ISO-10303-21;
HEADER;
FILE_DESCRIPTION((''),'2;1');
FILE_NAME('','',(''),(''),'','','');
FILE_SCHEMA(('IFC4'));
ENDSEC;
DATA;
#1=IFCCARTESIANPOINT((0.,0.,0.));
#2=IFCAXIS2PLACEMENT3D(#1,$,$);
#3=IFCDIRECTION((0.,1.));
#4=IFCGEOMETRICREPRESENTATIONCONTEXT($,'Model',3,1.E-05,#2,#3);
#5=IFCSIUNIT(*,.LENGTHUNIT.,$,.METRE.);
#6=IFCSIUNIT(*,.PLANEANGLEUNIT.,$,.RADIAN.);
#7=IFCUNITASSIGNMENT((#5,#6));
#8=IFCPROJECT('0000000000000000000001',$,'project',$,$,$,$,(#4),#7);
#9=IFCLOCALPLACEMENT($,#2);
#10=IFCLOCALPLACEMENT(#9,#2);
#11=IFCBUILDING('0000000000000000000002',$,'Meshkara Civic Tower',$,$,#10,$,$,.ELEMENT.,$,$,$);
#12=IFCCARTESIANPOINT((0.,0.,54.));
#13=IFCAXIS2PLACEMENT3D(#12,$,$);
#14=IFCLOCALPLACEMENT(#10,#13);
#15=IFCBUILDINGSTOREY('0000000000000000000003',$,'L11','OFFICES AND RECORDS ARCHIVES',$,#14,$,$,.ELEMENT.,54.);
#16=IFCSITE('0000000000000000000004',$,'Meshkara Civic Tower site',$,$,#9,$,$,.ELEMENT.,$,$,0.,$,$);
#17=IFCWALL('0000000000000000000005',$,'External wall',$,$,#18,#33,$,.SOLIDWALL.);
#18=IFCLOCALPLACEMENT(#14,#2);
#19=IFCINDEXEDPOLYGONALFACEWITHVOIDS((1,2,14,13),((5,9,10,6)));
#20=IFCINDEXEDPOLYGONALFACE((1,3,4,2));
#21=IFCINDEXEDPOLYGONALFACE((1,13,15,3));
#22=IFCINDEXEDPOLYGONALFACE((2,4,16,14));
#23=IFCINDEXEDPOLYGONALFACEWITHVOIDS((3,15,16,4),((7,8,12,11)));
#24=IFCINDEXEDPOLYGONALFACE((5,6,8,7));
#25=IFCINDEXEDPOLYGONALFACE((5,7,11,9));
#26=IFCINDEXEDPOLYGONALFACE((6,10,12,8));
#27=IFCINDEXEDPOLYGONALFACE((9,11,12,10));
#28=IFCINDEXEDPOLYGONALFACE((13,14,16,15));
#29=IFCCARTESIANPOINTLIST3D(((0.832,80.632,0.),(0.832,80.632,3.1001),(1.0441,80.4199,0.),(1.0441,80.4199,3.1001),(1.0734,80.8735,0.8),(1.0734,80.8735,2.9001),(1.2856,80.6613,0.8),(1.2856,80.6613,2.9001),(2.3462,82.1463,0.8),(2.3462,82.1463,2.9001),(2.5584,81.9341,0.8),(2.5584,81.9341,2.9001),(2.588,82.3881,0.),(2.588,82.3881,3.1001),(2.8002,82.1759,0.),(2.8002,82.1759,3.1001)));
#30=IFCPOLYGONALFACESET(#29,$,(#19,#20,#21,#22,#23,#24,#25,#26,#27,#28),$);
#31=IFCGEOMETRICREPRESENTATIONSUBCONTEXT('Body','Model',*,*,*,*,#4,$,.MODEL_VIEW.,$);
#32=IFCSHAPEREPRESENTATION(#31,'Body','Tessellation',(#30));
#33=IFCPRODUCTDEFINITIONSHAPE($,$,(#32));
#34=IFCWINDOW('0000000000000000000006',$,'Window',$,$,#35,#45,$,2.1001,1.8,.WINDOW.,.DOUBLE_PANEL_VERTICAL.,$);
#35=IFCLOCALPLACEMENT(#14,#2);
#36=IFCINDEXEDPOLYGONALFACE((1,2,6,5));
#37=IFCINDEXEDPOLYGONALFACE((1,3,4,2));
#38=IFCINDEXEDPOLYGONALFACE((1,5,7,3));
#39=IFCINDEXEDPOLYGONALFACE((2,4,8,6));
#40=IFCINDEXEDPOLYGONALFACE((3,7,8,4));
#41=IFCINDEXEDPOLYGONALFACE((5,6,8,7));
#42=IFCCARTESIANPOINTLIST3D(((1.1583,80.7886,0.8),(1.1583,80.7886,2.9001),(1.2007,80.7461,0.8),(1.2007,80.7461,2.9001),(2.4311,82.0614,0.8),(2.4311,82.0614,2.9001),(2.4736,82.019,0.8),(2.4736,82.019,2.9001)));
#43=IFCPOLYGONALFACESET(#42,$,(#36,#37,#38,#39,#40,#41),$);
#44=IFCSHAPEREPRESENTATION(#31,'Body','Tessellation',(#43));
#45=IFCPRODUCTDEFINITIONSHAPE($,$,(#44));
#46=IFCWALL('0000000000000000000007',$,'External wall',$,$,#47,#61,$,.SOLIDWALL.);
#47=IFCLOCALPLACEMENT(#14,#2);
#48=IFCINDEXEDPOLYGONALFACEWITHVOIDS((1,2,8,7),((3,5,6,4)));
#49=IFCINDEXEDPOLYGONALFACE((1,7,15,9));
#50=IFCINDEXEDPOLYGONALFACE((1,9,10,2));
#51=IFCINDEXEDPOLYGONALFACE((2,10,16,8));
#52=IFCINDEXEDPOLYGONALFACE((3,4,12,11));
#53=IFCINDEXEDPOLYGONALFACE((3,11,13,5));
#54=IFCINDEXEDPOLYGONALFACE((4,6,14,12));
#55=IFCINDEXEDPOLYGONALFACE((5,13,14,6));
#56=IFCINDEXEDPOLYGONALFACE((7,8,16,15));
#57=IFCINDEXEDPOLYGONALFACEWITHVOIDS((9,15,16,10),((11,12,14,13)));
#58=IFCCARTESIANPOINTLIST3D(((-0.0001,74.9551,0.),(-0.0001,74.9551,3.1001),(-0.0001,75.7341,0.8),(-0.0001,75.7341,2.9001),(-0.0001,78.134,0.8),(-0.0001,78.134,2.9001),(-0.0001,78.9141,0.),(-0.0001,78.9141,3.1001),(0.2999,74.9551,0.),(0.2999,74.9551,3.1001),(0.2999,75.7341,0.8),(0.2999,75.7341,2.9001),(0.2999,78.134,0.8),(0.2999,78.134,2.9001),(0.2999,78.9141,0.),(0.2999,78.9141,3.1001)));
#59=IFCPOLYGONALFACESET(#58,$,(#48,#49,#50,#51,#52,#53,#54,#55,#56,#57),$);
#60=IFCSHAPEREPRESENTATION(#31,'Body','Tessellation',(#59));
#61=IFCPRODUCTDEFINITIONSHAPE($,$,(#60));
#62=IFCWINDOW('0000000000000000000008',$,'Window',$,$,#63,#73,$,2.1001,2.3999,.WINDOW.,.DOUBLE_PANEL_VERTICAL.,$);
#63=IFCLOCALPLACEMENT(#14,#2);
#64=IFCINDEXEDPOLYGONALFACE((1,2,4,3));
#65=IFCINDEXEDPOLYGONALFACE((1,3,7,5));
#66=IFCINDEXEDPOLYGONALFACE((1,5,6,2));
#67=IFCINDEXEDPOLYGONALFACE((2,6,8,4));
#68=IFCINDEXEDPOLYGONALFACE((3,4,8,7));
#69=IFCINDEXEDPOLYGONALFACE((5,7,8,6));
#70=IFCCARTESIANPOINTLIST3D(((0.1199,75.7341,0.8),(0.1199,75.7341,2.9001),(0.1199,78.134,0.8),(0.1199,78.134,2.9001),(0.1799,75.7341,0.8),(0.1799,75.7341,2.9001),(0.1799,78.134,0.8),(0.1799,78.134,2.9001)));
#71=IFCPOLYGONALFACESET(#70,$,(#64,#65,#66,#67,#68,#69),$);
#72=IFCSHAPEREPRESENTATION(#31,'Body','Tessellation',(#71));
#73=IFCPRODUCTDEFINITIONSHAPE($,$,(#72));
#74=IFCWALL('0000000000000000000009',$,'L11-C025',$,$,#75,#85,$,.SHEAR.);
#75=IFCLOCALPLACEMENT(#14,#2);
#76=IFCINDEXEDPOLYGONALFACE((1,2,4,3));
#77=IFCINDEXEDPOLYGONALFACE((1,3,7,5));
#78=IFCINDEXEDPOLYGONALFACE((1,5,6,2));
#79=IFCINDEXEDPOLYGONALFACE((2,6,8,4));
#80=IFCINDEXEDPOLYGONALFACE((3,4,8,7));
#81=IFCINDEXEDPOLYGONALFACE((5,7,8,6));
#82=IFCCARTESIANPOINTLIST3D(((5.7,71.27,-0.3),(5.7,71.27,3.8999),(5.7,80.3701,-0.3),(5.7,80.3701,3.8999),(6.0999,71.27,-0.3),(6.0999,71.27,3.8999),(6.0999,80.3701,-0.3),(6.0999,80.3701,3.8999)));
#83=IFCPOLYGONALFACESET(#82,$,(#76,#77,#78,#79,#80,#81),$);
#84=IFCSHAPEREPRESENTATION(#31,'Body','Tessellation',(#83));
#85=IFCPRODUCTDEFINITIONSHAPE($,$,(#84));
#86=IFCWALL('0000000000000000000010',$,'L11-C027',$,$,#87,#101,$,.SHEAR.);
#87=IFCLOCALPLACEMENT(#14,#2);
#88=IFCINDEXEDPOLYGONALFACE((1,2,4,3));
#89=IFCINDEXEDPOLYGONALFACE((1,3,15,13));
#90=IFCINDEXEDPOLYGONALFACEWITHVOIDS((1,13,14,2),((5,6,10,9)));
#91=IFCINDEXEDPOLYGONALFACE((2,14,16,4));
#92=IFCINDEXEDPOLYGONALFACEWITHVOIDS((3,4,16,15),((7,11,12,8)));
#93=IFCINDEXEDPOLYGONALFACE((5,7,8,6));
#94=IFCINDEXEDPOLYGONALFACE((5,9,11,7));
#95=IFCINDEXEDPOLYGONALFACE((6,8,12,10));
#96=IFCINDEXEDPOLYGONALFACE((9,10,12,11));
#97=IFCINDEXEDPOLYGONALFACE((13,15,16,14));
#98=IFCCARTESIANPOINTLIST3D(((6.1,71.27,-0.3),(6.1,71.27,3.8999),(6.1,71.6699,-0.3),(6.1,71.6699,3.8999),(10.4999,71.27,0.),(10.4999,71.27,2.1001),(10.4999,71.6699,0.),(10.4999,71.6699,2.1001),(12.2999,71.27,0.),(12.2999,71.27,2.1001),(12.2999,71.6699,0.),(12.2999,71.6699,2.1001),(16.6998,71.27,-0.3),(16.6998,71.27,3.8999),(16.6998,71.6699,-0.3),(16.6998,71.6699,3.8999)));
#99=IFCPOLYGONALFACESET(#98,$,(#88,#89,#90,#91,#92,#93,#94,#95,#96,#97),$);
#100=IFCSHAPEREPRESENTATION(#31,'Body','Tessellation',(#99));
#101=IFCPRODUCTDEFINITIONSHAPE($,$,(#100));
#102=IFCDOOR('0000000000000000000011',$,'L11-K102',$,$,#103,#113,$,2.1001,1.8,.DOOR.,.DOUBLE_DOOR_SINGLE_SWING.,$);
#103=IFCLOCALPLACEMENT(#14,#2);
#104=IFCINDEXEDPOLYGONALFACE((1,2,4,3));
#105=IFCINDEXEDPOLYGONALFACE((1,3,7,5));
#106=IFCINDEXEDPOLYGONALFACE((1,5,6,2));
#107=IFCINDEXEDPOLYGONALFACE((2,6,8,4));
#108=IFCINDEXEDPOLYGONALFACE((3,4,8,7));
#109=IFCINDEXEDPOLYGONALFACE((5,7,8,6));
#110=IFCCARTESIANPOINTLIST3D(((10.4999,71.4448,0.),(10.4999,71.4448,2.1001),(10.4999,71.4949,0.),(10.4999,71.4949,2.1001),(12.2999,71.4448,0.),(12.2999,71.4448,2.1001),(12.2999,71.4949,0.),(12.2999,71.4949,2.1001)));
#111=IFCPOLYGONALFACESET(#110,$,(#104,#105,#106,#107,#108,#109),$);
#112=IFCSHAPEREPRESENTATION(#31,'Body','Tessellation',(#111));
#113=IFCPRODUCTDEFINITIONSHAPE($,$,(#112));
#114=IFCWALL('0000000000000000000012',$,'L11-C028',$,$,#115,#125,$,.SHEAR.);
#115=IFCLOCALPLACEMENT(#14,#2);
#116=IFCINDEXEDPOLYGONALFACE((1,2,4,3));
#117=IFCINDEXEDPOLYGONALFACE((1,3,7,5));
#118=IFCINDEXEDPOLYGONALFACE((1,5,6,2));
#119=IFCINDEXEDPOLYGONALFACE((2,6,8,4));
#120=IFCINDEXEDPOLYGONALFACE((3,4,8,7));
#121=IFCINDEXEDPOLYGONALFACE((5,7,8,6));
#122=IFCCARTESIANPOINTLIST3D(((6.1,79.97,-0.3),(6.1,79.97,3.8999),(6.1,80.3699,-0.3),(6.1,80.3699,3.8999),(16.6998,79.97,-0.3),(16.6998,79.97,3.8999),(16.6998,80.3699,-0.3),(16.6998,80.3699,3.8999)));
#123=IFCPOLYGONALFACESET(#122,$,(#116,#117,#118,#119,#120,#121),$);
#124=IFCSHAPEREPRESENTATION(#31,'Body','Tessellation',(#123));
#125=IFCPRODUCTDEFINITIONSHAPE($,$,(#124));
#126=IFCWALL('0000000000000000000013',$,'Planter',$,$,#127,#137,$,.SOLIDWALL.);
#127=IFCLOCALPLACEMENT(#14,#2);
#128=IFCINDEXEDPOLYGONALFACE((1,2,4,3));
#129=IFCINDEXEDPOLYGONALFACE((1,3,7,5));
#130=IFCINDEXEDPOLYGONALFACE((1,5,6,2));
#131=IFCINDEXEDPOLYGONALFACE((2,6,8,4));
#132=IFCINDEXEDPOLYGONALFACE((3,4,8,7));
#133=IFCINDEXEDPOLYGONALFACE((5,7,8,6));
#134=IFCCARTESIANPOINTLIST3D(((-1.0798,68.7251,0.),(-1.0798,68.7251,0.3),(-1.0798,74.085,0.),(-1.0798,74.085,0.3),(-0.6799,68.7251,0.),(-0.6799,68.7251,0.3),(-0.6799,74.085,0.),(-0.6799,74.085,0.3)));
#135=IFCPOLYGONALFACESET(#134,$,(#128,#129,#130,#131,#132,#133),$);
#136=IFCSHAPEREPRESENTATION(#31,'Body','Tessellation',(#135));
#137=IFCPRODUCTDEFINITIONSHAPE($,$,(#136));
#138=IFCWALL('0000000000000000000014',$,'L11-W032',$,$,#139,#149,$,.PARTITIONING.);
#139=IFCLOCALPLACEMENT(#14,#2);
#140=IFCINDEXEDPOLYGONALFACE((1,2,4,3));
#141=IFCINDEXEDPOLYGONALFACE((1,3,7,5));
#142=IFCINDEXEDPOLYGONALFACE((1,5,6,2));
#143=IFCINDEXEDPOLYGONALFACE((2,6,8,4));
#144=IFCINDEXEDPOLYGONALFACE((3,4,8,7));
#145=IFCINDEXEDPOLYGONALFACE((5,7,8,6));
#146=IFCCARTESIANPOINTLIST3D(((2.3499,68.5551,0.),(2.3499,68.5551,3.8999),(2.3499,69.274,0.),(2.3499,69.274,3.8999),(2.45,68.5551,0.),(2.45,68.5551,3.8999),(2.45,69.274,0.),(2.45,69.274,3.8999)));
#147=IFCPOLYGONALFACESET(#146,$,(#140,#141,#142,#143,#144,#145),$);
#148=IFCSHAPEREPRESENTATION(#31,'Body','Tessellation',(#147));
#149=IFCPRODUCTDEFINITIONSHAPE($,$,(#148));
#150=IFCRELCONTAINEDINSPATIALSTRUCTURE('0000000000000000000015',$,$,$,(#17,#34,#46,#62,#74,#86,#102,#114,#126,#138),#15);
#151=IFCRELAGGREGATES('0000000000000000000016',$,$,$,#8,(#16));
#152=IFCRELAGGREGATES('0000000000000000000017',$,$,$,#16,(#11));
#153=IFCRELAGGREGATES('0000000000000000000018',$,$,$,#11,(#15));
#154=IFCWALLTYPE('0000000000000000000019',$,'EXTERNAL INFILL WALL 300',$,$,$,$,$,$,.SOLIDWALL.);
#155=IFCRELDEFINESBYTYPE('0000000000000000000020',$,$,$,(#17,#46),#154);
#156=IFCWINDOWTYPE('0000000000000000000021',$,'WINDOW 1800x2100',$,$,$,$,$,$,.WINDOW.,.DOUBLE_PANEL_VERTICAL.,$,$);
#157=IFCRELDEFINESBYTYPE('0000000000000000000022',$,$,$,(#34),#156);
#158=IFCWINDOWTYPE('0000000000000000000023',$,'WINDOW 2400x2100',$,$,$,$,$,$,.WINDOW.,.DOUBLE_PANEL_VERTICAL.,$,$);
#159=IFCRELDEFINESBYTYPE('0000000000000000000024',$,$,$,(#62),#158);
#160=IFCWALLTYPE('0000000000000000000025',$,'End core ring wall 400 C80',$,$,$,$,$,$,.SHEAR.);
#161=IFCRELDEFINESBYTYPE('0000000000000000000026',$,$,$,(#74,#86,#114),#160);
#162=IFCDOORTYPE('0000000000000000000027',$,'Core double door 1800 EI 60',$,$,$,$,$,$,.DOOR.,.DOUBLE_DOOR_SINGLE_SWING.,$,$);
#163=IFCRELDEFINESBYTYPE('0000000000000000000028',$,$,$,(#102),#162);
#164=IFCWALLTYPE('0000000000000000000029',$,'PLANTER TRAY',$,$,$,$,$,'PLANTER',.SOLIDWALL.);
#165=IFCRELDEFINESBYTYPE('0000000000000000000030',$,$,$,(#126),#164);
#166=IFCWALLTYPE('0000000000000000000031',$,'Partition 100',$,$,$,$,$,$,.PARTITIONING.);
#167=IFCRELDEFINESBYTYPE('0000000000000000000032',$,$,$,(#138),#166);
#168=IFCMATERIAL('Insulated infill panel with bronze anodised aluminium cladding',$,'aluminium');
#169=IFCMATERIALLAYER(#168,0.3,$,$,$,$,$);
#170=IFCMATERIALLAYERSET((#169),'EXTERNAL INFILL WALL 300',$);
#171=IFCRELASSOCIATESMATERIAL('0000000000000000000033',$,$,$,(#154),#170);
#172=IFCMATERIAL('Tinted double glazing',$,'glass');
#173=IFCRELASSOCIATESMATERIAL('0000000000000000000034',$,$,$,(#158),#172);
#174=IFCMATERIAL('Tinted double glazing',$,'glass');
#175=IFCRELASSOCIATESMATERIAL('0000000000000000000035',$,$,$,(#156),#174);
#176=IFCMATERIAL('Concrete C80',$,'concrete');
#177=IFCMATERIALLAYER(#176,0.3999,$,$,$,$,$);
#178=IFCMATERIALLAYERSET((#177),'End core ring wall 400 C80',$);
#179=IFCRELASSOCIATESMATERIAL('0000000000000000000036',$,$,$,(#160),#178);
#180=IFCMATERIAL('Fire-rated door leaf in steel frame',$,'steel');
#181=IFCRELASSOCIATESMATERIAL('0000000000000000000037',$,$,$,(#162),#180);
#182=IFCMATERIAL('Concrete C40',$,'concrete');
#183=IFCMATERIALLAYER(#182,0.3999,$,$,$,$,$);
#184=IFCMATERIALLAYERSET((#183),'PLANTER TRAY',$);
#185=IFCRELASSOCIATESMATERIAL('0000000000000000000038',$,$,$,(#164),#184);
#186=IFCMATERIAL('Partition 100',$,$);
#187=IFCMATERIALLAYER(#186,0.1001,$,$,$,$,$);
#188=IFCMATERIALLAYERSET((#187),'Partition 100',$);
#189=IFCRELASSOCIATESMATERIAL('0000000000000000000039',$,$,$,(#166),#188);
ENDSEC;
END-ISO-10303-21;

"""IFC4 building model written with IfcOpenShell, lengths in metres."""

from ifc_helpers import new_model, si_unit, direction, frame, frame_2d, origin, place, context, subcontext, project, spatial, rectangle, extrude, material, layer, layer_set, type_object, element, fill, save


model = new_model("IFC4")

# Units and contexts
model_context = context("Model", 3, precision=1e-05, world=origin(), true_north=direction((0.0, 1.0)))
body_context = subcontext(model_context, "Body", "Model", "MODEL_VIEW")
ifc_project = project(units=[si_unit("LENGTHUNIT", "METRE"), si_unit("PLANEANGLEUNIT", "RADIAN")], contexts=[model_context])

# Site, building, storey
site_placement = place(None, origin())
site = spatial("IfcSite", under=ifc_project, at=site_placement, Name="Meshkara Civic Tower site", CompositionType="ELEMENT", RefElevation=0.0)
building_placement = place(site_placement, origin())
building = spatial("IfcBuilding", under=site, at=building_placement, Name="Meshkara Civic Tower", CompositionType="ELEMENT")
storey_placement = place(building_placement, frame((0.0, 0.0, 54.0)))
storey = spatial("IfcBuildingStorey", under=building, at=storey_placement, Name="L11", Description="OFFICES AND RECORDS ARCHIVES", CompositionType="ELEMENT", Elevation=54.0)

# Walls, openings, windows
ifc_material_1 = material(Name="Insulated infill panel with bronze anodised aluminium cladding", Category="aluminium")
ifc_layer_1 = layer(ifc_material_1, 0.3)
ifc_layer_set_1 = layer_set([ifc_layer_1], Name="EXTERNAL INFILL WALL 300")
wall_type_1 = type_object("IfcWallType", Name="EXTERNAL INFILL WALL 300", PredefinedType="SOLIDWALL", material=ifc_layer_set_1)
ifc_material_2 = material(Name="Tinted double glazing", Category="glass")
window_type_1 = type_object("IfcWindowType", Name="WINDOW 2400x2100", PartitioningType="DOUBLE_PANEL_VERTICAL", PredefinedType="WINDOW", material=ifc_material_2)
wall_1_placement = place(storey_placement, frame((2.6941, 82.282, 0.0), z_axis=(0.0, 0.0, 1.0), x_axis=(-0.707107, -0.707107, 0.0)))
wall_1 = element("IfcWall", 1, at=wall_1_placement, inside=storey, type_object=wall_type_1, Name="External wall", PredefinedType="SOLIDWALL", context=body_context, shape_type="SweptSolid", body=[
    extrude(rectangle(XDim=2.4834, YDim=0.3, at=frame_2d((1.2417, 0.0))), origin(), (0.0, 0.0, 1.0), 3.1001),
])
opening_1_placement = place(wall_1_placement, frame((0.342, 0.0, 0.8)))
opening_1 = element("IfcOpeningElement", 2, at=opening_1_placement, cuts=wall_1, PredefinedType="OPENING", context=body_context, shape_type="SweptSolid", body=[
    extrude(rectangle(XDim=1.8, YDim=2.1001, at=frame_2d((0.8999, 1.05))), frame((0.0, 0.1599, 0.0), z_axis=(0.0, -1.0, 0.0), x_axis=(1.0, 0.0, 0.0)), (0.0, 0.0, 1.0), 0.3201),
])
ifc_material_3 = material(Name="Tinted double glazing", Category="glass")
window_type_2 = type_object("IfcWindowType", Name="WINDOW 1800x2100", PartitioningType="DOUBLE_PANEL_VERTICAL", PredefinedType="WINDOW", material=ifc_material_3)
window_1_placement = place(opening_1_placement, origin())
window_1 = element("IfcWindow", 3, at=window_1_placement, inside=storey, type_object=window_type_2, Name="Window", OverallHeight=2.1001, OverallWidth=1.8, PartitioningType="DOUBLE_PANEL_VERTICAL", PredefinedType="WINDOW", context=body_context, shape_type="SweptSolid", body=[
    extrude(rectangle(XDim=1.8, YDim=2.1001, at=frame_2d((0.8999, 1.05))), frame((0.0, 0.03, 0.0), z_axis=(0.0, -1.0, 0.0), x_axis=(1.0, 0.0, 0.0)), (0.0, 0.0, 1.0), 0.0601),
])
fill(opening_1, window_1)
wall_2_placement = place(storey_placement, frame((0.1499, 78.9141, 0.0), z_axis=(0.0, 0.0, 1.0), x_axis=(0.0, -1.0, 0.0)))
wall_2 = element("IfcWall", 4, at=wall_2_placement, inside=storey, type_object=wall_type_1, Name="External wall", PredefinedType="SOLIDWALL", context=body_context, shape_type="SweptSolid", body=[
    extrude(rectangle(XDim=3.959, YDim=0.3, at=frame_2d((1.9795, 0.0))), origin(), (0.0, 0.0, 1.0), 3.1001),
])
opening_2_placement = place(wall_2_placement, frame((0.78, 0.0, 0.8)))
opening_2 = element("IfcOpeningElement", 5, at=opening_2_placement, cuts=wall_2, PredefinedType="OPENING", context=body_context, shape_type="SweptSolid", body=[
    extrude(rectangle(XDim=2.3999, YDim=2.1001, at=frame_2d((1.2, 1.05))), frame((0.0, 0.1599, 0.0), z_axis=(0.0, -1.0, 0.0), x_axis=(1.0, 0.0, 0.0)), (0.0, 0.0, 1.0), 0.3201),
])
window_2_placement = place(opening_2_placement, origin())
window_2 = element("IfcWindow", 6, at=window_2_placement, inside=storey, type_object=window_type_1, Name="Window", OverallHeight=2.1001, OverallWidth=2.3999, PartitioningType="DOUBLE_PANEL_VERTICAL", PredefinedType="WINDOW", context=body_context, shape_type="SweptSolid", body=[
    extrude(rectangle(XDim=2.3999, YDim=2.1001, at=frame_2d((1.2, 1.05))), frame((0.0, 0.03, 0.0), z_axis=(0.0, -1.0, 0.0), x_axis=(1.0, 0.0, 0.0)), (0.0, 0.0, 1.0), 0.0601),
])
fill(opening_2, window_2)

# Wall
ifc_material_4 = material(Name="Concrete C80", Category="concrete")
ifc_layer_2 = layer(ifc_material_4, 0.3999)
ifc_layer_set_2 = layer_set([ifc_layer_2], Name="End core ring wall 400 C80")
wall_type_2 = type_object("IfcWallType", Name="End core ring wall 400 C80", PredefinedType="SHEAR", material=ifc_layer_set_2)
wall_3_placement = place(storey_placement, frame((5.8999, 71.27, -0.3), z_axis=(0.0, 0.0, 1.0), x_axis=(0.0, 1.0, 0.0)))
element("IfcWall", 7, at=wall_3_placement, inside=storey, type_object=wall_type_2, Name="L11-C025", PredefinedType="SHEAR", context=body_context, shape_type="SweptSolid", body=[
    extrude(rectangle(XDim=9.1001, YDim=0.3999, at=frame_2d((4.55, 0.0))), origin(), (0.0, 0.0, 1.0), 4.2),
])

# Wall, opening, door
wall_4_placement = place(storey_placement, frame((6.1001, 71.47, -0.3), z_axis=(0.0, 0.0, 1.0), x_axis=(1.0, 0.0, 0.0)))
wall_4 = element("IfcWall", 8, at=wall_4_placement, inside=storey, type_object=wall_type_2, Name="L11-C027", PredefinedType="SHEAR", context=body_context, shape_type="SweptSolid", body=[
    extrude(rectangle(XDim=10.5999, YDim=0.3999, at=frame_2d((5.2998, 0.0))), origin(), (0.0, 0.0, 1.0), 4.2),
])
opening_3_placement = place(wall_4_placement, frame((4.3999, 0.0, 0.3)))
opening_3 = element("IfcOpeningElement", 9, at=opening_3_placement, cuts=wall_4, PredefinedType="OPENING", context=body_context, shape_type="SweptSolid", body=[
    extrude(rectangle(XDim=1.8, YDim=2.1001, at=frame_2d((0.8999, 1.05))), frame((0.0, 0.21, 0.0), z_axis=(0.0, -1.0, 0.0), x_axis=(1.0, 0.0, 0.0)), (0.0, 0.0, 1.0), 0.4199),
])
ifc_material_5 = material(Name="Fire-rated door leaf in steel frame", Category="steel")
door_type_1 = type_object("IfcDoorType", Name="Core double door 1800 EI 60", OperationType="DOUBLE_DOOR_SINGLE_SWING", PredefinedType="DOOR", material=ifc_material_5)
door_1_placement = place(opening_3_placement, origin())
door_1 = element("IfcDoor", 10, at=door_1_placement, inside=storey, type_object=door_type_1, Name="L11-K102", OperationType="DOUBLE_DOOR_SINGLE_SWING", OverallHeight=2.1001, OverallWidth=1.8, PredefinedType="DOOR", context=body_context, shape_type="SweptSolid", body=[
    extrude(rectangle(XDim=1.8, YDim=2.1001, at=frame_2d((0.8999, 1.05))), frame((0.0, 0.0249, 0.0), z_axis=(0.0, -1.0, 0.0), x_axis=(1.0, 0.0, 0.0)), (0.0, 0.0, 1.0), 0.05),
])
fill(opening_3, door_1)

# Wall
wall_5_placement = place(storey_placement, frame((6.1001, 80.1699, -0.3), z_axis=(0.0, 0.0, 1.0), x_axis=(1.0, 0.0, 0.0)))
element("IfcWall", 11, at=wall_5_placement, inside=storey, type_object=wall_type_2, Name="L11-C028", PredefinedType="SHEAR", context=body_context, shape_type="SweptSolid", body=[
    extrude(rectangle(XDim=10.5999, YDim=0.3999, at=frame_2d((5.2998, 0.0))), origin(), (0.0, 0.0, 1.0), 4.2),
])

# Walls
ifc_material_6 = material(Name="Concrete C40", Category="concrete")
ifc_layer_3 = layer(ifc_material_6, 0.3999)
ifc_layer_set_3 = layer_set([ifc_layer_3], Name="PLANTER TRAY")
wall_type_3 = type_object("IfcWallType", Name="PLANTER TRAY", ElementType="PLANTER", PredefinedType="SOLIDWALL", material=ifc_layer_set_3)
wall_6_placement = place(storey_placement, frame((-0.8799, 74.085, 0.0), z_axis=(0.0, 0.0, 1.0), x_axis=(0.0, -1.0, 0.0)))
element("IfcWall", 12, at=wall_6_placement, inside=storey, type_object=wall_type_3, Name="Planter", PredefinedType="SOLIDWALL", context=body_context, shape_type="SweptSolid", body=[
    extrude(rectangle(XDim=5.3599, YDim=0.3999, at=frame_2d((2.6799, 0.0))), origin(), (0.0, 0.0, 1.0), 0.3),
])
ifc_material_7 = material(Name="Partition 100")
ifc_layer_4 = layer(ifc_material_7, 0.1001)
ifc_layer_set_4 = layer_set([ifc_layer_4], Name="Partition 100")
wall_type_4 = type_object("IfcWallType", Name="Partition 100", PredefinedType="PARTITIONING", material=ifc_layer_set_4)
wall_7_placement = place(storey_placement, frame((2.3999, 69.2739, 0.0), z_axis=(0.0, 0.0, 1.0), x_axis=(0.0, -1.0, 0.0)))
element("IfcWall", 13, at=wall_7_placement, inside=storey, type_object=wall_type_4, Name="L11-W032", PredefinedType="PARTITIONING", context=body_context, shape_type="SweptSolid", body=[
    extrude(rectangle(XDim=0.719, YDim=0.1001, at=frame_2d((0.3594, 0.0))), origin(), (0.0, 0.0, 1.0), 3.8999),
])

save(model, "model.ifc")
